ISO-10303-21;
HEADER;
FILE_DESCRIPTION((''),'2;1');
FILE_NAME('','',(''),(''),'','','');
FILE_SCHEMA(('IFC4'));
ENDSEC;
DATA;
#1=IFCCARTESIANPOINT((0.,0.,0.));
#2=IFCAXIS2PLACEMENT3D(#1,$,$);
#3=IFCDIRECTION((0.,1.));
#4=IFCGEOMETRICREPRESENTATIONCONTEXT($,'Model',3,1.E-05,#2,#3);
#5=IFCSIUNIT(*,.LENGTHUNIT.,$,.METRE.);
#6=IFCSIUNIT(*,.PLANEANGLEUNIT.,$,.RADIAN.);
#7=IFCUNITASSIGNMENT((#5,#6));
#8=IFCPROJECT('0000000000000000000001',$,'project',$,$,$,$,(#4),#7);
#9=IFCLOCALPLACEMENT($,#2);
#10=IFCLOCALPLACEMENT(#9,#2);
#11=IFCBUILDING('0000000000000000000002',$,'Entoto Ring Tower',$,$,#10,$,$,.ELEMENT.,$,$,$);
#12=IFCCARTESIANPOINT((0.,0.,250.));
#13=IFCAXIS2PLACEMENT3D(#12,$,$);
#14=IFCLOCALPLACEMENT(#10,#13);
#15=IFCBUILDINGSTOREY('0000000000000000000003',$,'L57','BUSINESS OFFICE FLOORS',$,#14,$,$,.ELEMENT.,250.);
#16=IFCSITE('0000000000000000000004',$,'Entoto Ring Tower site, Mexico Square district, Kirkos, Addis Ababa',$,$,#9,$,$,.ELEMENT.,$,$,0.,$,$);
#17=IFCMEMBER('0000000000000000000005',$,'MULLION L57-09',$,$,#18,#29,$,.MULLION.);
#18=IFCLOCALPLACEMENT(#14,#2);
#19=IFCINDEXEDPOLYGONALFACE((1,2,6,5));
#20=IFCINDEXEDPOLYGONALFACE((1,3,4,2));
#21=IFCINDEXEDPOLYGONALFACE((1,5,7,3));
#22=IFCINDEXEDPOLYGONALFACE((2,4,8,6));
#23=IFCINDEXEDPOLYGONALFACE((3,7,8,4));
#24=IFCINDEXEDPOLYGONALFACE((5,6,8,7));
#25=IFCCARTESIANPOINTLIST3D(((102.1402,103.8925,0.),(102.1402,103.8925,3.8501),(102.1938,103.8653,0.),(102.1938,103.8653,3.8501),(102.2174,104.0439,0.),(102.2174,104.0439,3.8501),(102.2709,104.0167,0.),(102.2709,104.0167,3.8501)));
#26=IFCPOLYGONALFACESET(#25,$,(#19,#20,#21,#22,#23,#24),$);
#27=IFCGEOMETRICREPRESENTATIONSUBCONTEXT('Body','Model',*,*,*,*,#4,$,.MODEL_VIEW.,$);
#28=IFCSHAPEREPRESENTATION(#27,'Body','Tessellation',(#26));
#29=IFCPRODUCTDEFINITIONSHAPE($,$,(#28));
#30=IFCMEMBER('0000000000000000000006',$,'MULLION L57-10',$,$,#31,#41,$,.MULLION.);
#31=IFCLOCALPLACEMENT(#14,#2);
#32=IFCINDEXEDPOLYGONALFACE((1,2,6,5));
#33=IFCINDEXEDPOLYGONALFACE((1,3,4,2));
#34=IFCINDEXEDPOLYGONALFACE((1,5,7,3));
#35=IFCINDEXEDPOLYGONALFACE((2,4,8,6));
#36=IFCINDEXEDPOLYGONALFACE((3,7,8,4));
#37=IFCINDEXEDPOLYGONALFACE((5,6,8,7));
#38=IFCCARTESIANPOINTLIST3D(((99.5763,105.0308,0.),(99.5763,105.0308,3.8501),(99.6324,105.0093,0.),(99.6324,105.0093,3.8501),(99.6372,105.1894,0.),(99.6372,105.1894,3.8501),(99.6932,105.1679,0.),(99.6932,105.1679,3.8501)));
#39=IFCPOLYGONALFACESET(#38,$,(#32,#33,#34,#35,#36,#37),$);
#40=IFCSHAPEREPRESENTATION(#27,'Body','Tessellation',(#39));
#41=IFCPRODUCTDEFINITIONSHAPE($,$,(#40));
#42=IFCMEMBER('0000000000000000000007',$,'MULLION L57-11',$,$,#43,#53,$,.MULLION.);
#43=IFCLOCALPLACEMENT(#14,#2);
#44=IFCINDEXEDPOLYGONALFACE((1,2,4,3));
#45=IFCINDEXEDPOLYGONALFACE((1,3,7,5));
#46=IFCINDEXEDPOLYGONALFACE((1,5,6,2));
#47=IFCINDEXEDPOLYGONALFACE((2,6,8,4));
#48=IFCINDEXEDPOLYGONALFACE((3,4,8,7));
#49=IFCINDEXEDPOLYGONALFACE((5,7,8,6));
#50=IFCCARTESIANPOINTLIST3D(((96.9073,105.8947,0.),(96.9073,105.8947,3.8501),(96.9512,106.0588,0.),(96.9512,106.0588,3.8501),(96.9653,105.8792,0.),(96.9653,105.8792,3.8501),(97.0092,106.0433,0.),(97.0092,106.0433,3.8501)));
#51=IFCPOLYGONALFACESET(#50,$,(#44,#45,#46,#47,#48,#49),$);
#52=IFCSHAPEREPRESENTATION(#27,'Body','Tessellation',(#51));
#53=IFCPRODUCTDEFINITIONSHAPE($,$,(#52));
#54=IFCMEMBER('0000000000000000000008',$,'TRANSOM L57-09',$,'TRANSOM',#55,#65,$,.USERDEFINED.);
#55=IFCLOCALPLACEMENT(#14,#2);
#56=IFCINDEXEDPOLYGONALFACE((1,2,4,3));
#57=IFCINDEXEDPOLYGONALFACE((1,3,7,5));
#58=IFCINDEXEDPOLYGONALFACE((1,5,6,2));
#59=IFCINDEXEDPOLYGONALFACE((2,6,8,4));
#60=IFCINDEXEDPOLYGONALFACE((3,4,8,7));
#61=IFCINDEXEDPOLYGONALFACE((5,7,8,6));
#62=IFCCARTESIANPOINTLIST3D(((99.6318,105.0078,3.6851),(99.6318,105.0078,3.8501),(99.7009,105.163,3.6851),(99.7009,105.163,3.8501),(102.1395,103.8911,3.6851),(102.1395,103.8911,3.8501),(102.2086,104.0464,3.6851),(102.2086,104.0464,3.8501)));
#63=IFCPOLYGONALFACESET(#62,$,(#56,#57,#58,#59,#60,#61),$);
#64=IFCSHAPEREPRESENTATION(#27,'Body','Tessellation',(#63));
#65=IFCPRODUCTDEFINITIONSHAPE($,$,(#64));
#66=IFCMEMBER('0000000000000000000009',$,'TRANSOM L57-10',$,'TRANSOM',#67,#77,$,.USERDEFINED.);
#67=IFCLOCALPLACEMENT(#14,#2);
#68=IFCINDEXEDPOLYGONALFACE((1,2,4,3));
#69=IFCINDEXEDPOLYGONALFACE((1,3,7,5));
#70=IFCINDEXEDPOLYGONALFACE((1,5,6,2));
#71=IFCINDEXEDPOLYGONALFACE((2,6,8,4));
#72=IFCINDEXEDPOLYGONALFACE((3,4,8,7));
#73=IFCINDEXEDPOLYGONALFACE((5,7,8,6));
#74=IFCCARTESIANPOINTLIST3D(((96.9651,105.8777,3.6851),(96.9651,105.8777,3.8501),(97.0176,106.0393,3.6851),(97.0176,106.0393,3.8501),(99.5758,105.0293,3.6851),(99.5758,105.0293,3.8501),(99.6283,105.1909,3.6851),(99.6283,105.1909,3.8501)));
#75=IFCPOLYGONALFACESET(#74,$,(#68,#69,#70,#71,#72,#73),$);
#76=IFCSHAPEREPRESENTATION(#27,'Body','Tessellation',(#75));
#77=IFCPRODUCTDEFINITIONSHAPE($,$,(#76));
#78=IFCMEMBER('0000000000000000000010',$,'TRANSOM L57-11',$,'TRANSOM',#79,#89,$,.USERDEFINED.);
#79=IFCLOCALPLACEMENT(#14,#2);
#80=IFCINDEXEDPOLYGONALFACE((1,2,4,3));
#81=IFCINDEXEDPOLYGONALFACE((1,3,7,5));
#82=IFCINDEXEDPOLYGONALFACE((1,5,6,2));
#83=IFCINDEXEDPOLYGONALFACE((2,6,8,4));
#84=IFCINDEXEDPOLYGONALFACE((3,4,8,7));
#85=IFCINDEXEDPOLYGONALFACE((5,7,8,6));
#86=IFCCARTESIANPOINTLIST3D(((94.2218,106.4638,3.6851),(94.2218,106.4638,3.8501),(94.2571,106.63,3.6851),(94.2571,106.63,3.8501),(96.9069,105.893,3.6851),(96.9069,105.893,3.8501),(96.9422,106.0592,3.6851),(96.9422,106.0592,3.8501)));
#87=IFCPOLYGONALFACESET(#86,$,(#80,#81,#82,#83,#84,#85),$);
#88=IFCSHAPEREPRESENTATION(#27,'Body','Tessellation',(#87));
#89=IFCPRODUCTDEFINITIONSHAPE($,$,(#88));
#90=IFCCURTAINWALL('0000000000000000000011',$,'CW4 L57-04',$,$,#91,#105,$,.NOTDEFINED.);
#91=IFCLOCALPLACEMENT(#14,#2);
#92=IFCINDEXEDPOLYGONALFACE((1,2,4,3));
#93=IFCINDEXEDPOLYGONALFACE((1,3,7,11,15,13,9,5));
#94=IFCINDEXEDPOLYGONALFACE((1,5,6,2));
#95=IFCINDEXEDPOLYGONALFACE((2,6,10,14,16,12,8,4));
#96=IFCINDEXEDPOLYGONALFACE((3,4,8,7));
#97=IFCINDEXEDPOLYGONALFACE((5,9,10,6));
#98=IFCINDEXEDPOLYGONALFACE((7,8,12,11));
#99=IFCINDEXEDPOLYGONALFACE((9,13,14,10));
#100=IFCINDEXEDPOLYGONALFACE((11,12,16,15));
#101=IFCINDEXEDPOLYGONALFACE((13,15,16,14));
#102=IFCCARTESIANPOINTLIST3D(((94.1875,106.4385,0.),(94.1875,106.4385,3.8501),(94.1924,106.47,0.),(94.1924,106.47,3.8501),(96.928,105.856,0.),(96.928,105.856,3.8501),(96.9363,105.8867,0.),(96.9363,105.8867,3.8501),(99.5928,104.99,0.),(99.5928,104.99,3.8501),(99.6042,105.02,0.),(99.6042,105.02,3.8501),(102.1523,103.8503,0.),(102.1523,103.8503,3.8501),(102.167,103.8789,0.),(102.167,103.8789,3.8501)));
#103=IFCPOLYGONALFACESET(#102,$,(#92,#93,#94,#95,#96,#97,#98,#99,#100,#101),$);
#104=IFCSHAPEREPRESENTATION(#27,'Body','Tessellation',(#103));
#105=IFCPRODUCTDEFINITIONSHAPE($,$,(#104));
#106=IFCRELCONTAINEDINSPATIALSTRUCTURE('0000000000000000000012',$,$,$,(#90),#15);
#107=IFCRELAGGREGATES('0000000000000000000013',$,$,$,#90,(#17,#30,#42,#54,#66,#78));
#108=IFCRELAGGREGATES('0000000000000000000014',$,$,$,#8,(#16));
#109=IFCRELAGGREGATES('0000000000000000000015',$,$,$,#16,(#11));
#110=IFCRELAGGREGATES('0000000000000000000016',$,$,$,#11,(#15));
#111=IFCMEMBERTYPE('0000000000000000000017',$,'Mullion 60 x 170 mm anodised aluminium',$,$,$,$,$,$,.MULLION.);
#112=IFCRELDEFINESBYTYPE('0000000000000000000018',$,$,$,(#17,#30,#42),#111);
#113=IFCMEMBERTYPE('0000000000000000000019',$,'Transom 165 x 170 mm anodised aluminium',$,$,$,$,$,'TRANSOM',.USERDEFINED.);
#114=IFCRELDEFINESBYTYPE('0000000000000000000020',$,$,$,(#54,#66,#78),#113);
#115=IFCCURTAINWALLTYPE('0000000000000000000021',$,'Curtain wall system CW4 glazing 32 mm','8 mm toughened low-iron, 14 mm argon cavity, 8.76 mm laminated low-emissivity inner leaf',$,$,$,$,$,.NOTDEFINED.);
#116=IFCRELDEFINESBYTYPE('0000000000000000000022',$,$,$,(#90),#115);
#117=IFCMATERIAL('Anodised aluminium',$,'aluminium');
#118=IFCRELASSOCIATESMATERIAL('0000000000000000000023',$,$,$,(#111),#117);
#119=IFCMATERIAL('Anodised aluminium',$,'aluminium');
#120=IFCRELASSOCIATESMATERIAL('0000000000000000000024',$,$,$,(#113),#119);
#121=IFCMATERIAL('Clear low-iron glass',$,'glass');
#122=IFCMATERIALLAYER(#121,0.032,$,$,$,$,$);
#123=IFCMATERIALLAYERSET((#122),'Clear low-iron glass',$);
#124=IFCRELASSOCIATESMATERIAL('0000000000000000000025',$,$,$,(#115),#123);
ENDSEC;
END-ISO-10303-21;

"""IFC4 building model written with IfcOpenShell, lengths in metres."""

from ifc_helpers import new_model, si_unit, direction, frame, origin, origin_2d, place, context, subcontext, project, spatial, polyline, rectangle, outline, extrude, material, layer, layer_set, material_profile, profile_set, type_object, element, aggregate, save


model = new_model("IFC4")

# Units and contexts
model_context = context("Model", 3, precision=1e-05, world=origin(), true_north=direction((0.0, 1.0)))
body_context = subcontext(model_context, "Body", "Model", "MODEL_VIEW")
ifc_project = project(units=[si_unit("LENGTHUNIT", "METRE"), si_unit("PLANEANGLEUNIT", "RADIAN")], contexts=[model_context])

# Members
ifc_material_1 = material(Name="Anodised aluminium", Category="aluminium")
ifc_material_profile_1 = material_profile(ifc_material_1, rectangle(XDim=0.0601, YDim=0.1699, at=origin_2d()), Name="Mullion 60 x 170 mm anodised aluminium")
ifc_profile_set_1 = profile_set([ifc_material_profile_1], Name="Anodised aluminium")
member_type_1 = type_object("IfcMemberType", Name="Mullion 60 x 170 mm anodised aluminium", PredefinedType="MULLION", material=ifc_profile_set_1)
site_placement = place(None, origin())
building_placement = place(site_placement, origin())
storey_placement = place(building_placement, frame((0.0, 0.0, 250.0)))
member_1_placement = place(storey_placement, frame((102.2056, 103.9546, 0.0), z_axis=(0.0, 0.0, 1.0), x_axis=(-0.891007, 0.45399, 0.0)))
member_1 = element("IfcMember", 1, at=member_1_placement, type_object=member_type_1, Name="MULLION L57-09", PredefinedType="MULLION", context=body_context, shape_type="SweptSolid", body=[
    extrude(rectangle(XDim=0.0601, YDim=0.1699, at=origin_2d()), origin(), (0.0, 0.0, 1.0), 3.8501),
])
member_2_placement = place(storey_placement, frame((99.6348, 105.0994, 0.0), z_axis=(0.0, 0.0, 1.0), x_axis=(-0.93358, 0.358368, 0.0)))
member_2 = element("IfcMember", 2, at=member_2_placement, type_object=member_type_1, Name="MULLION L57-10", PredefinedType="MULLION", context=body_context, shape_type="SweptSolid", body=[
    extrude(rectangle(XDim=0.0601, YDim=0.1699, at=origin_2d()), origin(), (0.0, 0.0, 1.0), 3.8501),
])
member_3_placement = place(storey_placement, frame((96.9583, 105.969, 0.0), z_axis=(0.0, 0.0, 1.0), x_axis=(-0.965926, 0.258819, 0.0)))
member_3 = element("IfcMember", 3, at=member_3_placement, type_object=member_type_1, Name="MULLION L57-11", PredefinedType="MULLION", context=body_context, shape_type="SweptSolid", body=[
    extrude(rectangle(XDim=0.0601, YDim=0.1699, at=origin_2d()), origin(), (0.0, 0.0, 1.0), 3.8501),
])
ifc_material_2 = material(Name="Anodised aluminium", Category="aluminium")
ifc_material_profile_2 = material_profile(ifc_material_2, rectangle(XDim=0.1699, YDim=0.165, at=origin_2d()), Name="Transom 165 x 170 mm anodised aluminium")
ifc_profile_set_2 = profile_set([ifc_material_profile_2], Name="Anodised aluminium")
member_type_2 = type_object("IfcMemberType", Name="Transom 165 x 170 mm anodised aluminium", ElementType="TRANSOM", PredefinedType="USERDEFINED", material=ifc_profile_set_2)
member_4_placement = place(storey_placement, frame((102.1741, 103.9688, 3.7676), z_axis=(-0.913525, 0.406782, 0.0), x_axis=(-0.406782, -0.913525, 0.0)))
member_4 = element("IfcMember", 4, at=member_4_placement, type_object=member_type_2, Name="TRANSOM L57-09", ObjectType="TRANSOM", PredefinedType="USERDEFINED", context=body_context, shape_type="SweptSolid", body=[
    extrude(rectangle(XDim=0.1699, YDim=0.165, at=origin_2d()), origin(), (0.0, 0.0, 1.0), 2.7451),
])
member_5_placement = place(storey_placement, frame((99.6021, 105.1101, 3.7676), z_axis=(-0.951048, 0.309042, 0.0), x_axis=(-0.309042, -0.951048, 0.0)))
member_5 = element("IfcMember", 5, at=member_5_placement, type_object=member_type_2, Name="TRANSOM L57-10", ObjectType="TRANSOM", PredefinedType="USERDEFINED", context=body_context, shape_type="SweptSolid", body=[
    extrude(rectangle(XDim=0.1699, YDim=0.165, at=origin_2d()), origin(), (0.0, 0.0, 1.0), 2.7451),
])
member_6_placement = place(storey_placement, frame((96.9246, 105.9761, 3.7676), z_axis=(-0.978142, 0.207937, 0.0), x_axis=(-0.207937, -0.978142, 0.0)))
member_6 = element("IfcMember", 6, at=member_6_placement, type_object=member_type_2, Name="TRANSOM L57-11", ObjectType="TRANSOM", PredefinedType="USERDEFINED", context=body_context, shape_type="SweptSolid", body=[
    extrude(rectangle(XDim=0.1699, YDim=0.165, at=origin_2d()), origin(), (0.0, 0.0, 1.0), 2.7451),
])

# Site, building, storey
site = spatial("IfcSite", under=ifc_project, at=site_placement, Name="Entoto Ring Tower site, Mexico Square district, Kirkos, Addis Ababa", CompositionType="ELEMENT", RefElevation=0.0)
building = spatial("IfcBuilding", under=site, at=building_placement, Name="Entoto Ring Tower", CompositionType="ELEMENT")
storey = spatial("IfcBuildingStorey", under=building, at=storey_placement, Name="L57", Description="BUSINESS OFFICE FLOORS", CompositionType="ELEMENT", Elevation=250.0)

# Curtain wall
ifc_material_3 = material(Name="Clear low-iron glass", Category="glass")
ifc_layer = layer(ifc_material_3, 0.032)
ifc_layer_set = layer_set([ifc_layer], Name="Clear low-iron glass")
curtain_wall_type = type_object("IfcCurtainWallType", Name="Curtain wall system CW4 glazing 32 mm", Description="8 mm toughened low-iron, 14 mm argon cavity, 8.76 mm laminated low-emissivity inner leaf", PredefinedType="NOTDEFINED", material=ifc_layer_set)
curtain_wall_1_placement = place(storey_placement, origin())
curtain_wall_1 = element("IfcCurtainWall", 7, at=curtain_wall_1_placement, inside=storey, type_object=curtain_wall_type, Name="CW4 L57-04", PredefinedType="NOTDEFINED", context=body_context, shape_type="SweptSolid", body=[
    extrude(outline(polyline([(102.167, 103.8789), (99.6042, 105.02), (96.9363, 105.8867), (94.1924, 106.47), (94.1875, 106.4385), (96.928, 105.856), (99.5928, 104.99), (102.1523, 103.8503), (102.167, 103.8789)])), origin(), (0.0, 0.0, 1.0), 3.8501),
])
aggregate(curtain_wall_1, [member_1, member_2, member_3, member_4, member_5, member_6])

save(model, "model.ifc")
